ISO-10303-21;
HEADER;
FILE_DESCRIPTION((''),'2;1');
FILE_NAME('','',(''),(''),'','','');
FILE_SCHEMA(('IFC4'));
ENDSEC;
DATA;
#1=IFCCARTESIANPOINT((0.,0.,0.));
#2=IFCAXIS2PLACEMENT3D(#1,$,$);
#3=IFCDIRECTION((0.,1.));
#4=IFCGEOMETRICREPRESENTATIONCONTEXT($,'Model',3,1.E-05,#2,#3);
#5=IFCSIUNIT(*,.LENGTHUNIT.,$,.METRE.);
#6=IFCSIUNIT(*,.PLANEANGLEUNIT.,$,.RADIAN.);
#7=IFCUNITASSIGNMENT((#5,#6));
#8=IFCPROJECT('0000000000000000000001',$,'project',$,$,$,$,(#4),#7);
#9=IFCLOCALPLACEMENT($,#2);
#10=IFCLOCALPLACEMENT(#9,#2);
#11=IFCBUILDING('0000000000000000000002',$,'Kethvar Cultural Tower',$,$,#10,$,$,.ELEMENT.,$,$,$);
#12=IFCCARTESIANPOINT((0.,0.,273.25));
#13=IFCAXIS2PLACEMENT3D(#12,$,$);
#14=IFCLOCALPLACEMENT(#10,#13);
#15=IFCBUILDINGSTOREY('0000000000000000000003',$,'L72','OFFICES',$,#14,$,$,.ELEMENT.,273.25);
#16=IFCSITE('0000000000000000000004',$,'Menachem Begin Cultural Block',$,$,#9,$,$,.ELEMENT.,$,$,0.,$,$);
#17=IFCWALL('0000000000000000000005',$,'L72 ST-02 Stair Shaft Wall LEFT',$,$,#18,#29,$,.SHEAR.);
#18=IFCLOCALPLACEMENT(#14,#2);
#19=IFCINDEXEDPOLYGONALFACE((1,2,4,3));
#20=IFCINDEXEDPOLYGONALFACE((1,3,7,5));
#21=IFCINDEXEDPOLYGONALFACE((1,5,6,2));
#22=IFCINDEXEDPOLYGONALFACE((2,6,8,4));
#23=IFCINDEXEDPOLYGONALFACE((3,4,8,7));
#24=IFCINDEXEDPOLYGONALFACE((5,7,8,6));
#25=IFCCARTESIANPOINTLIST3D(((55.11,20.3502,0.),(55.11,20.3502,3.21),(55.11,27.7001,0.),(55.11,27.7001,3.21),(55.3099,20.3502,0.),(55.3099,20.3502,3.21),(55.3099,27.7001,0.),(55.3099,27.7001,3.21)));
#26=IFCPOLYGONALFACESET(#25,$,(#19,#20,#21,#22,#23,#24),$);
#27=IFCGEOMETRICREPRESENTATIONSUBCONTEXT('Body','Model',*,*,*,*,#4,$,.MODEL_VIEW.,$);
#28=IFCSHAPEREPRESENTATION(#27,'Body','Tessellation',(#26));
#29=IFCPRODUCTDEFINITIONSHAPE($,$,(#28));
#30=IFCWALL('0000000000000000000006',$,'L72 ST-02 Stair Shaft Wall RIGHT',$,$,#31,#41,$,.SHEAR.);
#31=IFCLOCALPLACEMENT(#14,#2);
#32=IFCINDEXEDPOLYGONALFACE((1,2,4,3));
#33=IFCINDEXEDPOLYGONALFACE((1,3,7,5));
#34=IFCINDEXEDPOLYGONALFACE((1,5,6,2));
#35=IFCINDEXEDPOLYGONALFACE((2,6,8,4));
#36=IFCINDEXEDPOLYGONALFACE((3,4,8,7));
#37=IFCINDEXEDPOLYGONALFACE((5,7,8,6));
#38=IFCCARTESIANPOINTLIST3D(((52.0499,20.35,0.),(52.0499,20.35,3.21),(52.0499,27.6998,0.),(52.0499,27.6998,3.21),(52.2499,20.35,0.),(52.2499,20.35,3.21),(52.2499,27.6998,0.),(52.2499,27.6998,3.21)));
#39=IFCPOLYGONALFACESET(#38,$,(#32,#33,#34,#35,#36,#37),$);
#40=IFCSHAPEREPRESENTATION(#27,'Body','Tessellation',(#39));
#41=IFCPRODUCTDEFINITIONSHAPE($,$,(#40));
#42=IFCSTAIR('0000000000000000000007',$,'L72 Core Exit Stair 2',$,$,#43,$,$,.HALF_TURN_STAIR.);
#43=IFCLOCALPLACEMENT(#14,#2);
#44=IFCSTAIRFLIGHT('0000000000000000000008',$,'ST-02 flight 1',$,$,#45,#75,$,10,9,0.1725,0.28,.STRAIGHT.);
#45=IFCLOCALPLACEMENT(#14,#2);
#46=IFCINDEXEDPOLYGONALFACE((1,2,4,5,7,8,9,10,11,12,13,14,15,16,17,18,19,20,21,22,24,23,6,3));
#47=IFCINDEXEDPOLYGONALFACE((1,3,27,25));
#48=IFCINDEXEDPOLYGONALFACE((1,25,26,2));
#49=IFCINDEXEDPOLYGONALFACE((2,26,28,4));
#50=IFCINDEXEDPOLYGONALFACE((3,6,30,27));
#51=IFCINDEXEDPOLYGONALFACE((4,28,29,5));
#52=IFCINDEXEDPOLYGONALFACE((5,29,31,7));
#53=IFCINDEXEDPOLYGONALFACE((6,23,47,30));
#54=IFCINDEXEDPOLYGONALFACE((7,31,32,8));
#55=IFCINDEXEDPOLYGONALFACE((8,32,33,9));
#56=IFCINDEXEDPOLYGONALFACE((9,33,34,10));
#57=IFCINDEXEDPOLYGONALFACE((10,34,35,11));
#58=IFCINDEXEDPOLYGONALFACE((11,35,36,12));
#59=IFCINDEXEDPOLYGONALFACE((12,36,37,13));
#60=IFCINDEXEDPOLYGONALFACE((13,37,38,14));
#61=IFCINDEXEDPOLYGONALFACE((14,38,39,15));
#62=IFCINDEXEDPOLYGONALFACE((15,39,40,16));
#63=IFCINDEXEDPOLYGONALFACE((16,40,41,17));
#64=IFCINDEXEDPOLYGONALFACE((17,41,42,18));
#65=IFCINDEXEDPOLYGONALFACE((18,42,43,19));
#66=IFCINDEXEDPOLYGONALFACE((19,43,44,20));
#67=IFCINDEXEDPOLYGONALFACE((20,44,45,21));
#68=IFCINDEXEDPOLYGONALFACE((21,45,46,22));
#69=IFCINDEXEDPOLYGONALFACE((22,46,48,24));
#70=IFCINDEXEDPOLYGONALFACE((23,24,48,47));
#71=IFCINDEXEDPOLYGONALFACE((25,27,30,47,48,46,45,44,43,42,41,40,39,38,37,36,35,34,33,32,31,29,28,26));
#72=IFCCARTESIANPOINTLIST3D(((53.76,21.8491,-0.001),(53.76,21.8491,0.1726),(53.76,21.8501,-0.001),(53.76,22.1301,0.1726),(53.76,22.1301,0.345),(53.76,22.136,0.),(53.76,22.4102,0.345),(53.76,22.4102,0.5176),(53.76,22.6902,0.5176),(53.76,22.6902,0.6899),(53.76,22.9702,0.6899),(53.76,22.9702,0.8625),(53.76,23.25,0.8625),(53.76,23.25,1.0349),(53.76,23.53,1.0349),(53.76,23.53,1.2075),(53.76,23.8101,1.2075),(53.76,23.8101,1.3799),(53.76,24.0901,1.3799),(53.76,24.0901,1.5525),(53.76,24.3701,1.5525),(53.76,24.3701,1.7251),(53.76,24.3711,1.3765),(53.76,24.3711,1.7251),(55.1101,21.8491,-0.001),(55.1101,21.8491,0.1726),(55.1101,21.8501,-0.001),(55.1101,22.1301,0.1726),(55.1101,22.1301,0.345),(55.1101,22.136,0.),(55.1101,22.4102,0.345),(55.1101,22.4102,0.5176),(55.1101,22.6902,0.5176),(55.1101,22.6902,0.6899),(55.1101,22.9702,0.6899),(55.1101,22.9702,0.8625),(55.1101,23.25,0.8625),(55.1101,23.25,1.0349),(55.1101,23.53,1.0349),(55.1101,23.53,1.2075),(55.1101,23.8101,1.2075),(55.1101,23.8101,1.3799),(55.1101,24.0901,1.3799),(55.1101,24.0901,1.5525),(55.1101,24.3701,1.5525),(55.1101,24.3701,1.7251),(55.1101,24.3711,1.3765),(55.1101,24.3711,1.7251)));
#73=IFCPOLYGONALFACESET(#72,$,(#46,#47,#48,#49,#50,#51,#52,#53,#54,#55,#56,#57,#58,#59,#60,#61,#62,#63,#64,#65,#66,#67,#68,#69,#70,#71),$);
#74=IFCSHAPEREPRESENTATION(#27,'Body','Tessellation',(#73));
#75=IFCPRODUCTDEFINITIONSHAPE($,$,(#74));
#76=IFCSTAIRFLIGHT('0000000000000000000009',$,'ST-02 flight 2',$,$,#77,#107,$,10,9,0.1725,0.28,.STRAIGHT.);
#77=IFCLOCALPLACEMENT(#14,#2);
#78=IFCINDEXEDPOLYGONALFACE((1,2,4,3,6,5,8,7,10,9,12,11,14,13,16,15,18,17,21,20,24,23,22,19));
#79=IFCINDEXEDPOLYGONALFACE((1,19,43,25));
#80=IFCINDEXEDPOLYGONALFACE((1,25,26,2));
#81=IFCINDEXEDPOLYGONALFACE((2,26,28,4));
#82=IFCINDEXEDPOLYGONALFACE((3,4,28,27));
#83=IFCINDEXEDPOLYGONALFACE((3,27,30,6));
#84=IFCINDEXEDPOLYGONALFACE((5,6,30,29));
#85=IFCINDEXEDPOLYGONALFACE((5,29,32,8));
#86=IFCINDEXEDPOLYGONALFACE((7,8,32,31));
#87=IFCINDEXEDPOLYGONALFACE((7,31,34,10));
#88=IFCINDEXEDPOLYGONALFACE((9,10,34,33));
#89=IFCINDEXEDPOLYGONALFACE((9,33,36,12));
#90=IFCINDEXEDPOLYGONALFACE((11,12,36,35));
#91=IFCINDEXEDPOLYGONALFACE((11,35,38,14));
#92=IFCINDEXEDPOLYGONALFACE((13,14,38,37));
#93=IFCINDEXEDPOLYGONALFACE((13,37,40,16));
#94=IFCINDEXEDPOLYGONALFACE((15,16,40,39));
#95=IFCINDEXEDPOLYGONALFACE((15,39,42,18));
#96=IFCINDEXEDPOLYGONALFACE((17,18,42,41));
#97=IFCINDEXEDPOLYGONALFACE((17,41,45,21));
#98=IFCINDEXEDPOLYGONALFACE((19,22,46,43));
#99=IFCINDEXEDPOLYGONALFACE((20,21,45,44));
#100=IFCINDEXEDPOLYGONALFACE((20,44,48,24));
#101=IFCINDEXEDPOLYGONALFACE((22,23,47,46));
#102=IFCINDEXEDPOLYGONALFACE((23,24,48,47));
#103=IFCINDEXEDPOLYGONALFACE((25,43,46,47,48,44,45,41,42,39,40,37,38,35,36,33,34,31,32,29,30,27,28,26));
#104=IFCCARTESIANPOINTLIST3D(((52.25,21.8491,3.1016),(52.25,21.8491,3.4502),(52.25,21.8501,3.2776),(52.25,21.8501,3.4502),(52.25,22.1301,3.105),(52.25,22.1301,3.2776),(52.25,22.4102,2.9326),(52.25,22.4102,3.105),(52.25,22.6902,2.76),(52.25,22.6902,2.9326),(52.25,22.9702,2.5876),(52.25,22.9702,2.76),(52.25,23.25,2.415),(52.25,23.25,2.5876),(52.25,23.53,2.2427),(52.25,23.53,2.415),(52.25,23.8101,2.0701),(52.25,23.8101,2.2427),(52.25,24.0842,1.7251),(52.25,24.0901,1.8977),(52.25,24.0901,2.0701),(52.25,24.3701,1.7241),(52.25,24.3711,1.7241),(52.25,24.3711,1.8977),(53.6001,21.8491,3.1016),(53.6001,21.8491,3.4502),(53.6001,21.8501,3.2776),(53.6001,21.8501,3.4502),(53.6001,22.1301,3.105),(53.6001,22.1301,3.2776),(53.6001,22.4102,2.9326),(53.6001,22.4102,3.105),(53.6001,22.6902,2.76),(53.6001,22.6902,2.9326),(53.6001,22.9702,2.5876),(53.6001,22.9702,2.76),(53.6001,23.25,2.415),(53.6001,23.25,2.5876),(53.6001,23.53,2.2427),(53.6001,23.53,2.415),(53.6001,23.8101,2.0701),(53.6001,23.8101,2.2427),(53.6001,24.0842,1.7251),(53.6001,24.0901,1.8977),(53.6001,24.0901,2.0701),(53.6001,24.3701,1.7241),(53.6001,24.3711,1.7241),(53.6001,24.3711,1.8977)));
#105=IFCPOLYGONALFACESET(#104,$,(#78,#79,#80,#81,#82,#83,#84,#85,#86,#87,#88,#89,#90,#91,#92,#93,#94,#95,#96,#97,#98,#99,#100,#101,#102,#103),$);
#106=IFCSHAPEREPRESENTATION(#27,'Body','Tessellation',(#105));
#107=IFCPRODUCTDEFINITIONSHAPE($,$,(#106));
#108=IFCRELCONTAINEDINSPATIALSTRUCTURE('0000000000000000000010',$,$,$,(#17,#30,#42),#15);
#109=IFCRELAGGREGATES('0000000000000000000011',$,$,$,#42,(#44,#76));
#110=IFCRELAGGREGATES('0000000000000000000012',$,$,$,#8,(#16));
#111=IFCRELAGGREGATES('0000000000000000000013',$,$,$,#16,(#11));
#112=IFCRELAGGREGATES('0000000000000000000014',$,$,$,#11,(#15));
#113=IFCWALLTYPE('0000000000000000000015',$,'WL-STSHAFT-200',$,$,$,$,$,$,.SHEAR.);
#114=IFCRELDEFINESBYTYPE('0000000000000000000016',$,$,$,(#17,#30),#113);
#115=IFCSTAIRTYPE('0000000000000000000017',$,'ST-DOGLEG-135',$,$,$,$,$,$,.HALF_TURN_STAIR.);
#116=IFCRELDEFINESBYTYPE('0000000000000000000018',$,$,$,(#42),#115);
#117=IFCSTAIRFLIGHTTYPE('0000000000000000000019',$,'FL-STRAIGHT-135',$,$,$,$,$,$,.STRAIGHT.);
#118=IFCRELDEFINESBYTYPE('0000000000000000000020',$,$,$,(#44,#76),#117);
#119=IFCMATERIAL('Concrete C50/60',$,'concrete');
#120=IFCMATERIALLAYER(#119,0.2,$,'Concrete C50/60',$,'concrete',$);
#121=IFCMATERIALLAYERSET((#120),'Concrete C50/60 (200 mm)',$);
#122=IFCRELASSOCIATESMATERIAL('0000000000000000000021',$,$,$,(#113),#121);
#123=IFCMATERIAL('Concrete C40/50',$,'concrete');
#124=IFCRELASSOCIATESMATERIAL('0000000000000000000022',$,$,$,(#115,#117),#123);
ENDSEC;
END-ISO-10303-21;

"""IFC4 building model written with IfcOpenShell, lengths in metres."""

from ifc_helpers import new_model, si_unit, direction, frame, frame_2d, origin, place, context, subcontext, project, spatial, polyline, rectangle, outline, extrude, material, layer, layer_set, type_object, element, aggregate, save


model = new_model("IFC4")

# Units and contexts
model_context = context("Model", 3, precision=1e-05, world=origin(), true_north=direction((0.0, 1.0)))
body_context = subcontext(model_context, "Body", "Model", "MODEL_VIEW")
ifc_project = project(units=[si_unit("LENGTHUNIT", "METRE"), si_unit("PLANEANGLEUNIT", "RADIAN")], contexts=[model_context])

# Site, building, storey
site_placement = place(None, origin())
site = spatial("IfcSite", under=ifc_project, at=site_placement, Name="Menachem Begin Cultural Block", CompositionType="ELEMENT", RefElevation=0.0)
building_placement = place(site_placement, origin())
building = spatial("IfcBuilding", under=site, at=building_placement, Name="Kethvar Cultural Tower", CompositionType="ELEMENT")
storey_placement = place(building_placement, frame((0.0, 0.0, 273.25)))
storey = spatial("IfcBuildingStorey", under=building, at=storey_placement, Name="L72", Description="OFFICES", CompositionType="ELEMENT", Elevation=273.25)

# Shared definitions
ifc_material_1 = material(Name="Concrete C50/60", Category="concrete")

# Walls
ifc_layer_1 = layer(ifc_material_1, 0.2, Name="Concrete C50/60", Category="concrete")
ifc_layer_set_1 = layer_set([ifc_layer_1], Name="Concrete C50/60 (200 mm)")
wall_type_1 = type_object("IfcWallType", Name="WL-STSHAFT-200", PredefinedType="SHEAR", material=ifc_layer_set_1)
for number, where, z_axis, x_axis, name in (
    (1, (55.21, 27.7, 0.0), (0.0, 0.0, 1.0), (0.0, -1.0, 0.0), "L72 ST-02 Stair Shaft Wall LEFT"),
    (2, (52.1499, 20.3501, 0.0), (0.0, 0.0, 1.0), (0.0, 1.0, 0.0), "L72 ST-02 Stair Shaft Wall RIGHT"),
):
    element("IfcWall", number, at=place(storey_placement, frame(where, z_axis=z_axis, x_axis=x_axis)), inside=storey, type_object=wall_type_1, Name=name, PredefinedType="SHEAR", context=body_context, shape_type="SweptSolid", body=[
        extrude(rectangle(XDim=7.3499, YDim=0.2, at=frame_2d((3.6748, 0.0))), origin(), (0.0, 0.0, 1.0), 3.21),
    ])

# Stair, stair flights
ifc_material_2 = material(Name="Concrete C40/50", Category="concrete")
stair_type = type_object("IfcStairType", Name="ST-DOGLEG-135", PredefinedType="HALF_TURN_STAIR", material=ifc_material_2)
stair_placement = place(storey_placement, origin())
stair = element("IfcStair", 3, at=stair_placement, inside=storey, type_object=stair_type, Name="L72 Core Exit Stair 2", PredefinedType="HALF_TURN_STAIR")
stair_flight_type = type_object("IfcStairFlightType", Name="FL-STRAIGHT-135", PredefinedType="STRAIGHT", material=ifc_material_2)
stair_flight_1_placement = place(storey_placement, frame((54.4351, 21.8501, 0.0), z_axis=(0.0, 0.0, 1.0), x_axis=(0.0, 1.0, 0.0)))
stair_flight_1 = element("IfcStairFlight", 4, at=stair_flight_1_placement, type_object=stair_flight_type, Name="ST-02 flight 1", NumberOfRisers=10, NumberOfTreads=9, PredefinedType="STRAIGHT", RiserHeight=0.1725, TreadLength=0.28, context=body_context, shape_type="SweptSolid", body=[
    extrude(outline(polyline([(-0.001, -0.001), (-0.001, 0.1726), (0.28, 0.1726), (0.28, 0.345), (0.5601, 0.345), (0.5601, 0.5176), (0.8401, 0.5176), (0.8401, 0.6899), (1.1201, 0.6899), (1.1201, 0.8625), (1.3999, 0.8625), (1.3999, 1.0349), (1.6799, 1.0349), (1.6799, 1.2075), (1.96, 1.2075), (1.96, 1.3799), (2.24, 1.3799), (2.24, 1.5525), (2.52, 1.5525), (2.52, 1.7251), (2.521, 1.7251), (2.521, 1.3765), (0.2859, 0.0), (0.0, -0.001), (-0.001, -0.001)])), frame((0.0, 0.675, 0.0), z_axis=(0.0, -1.0, 0.0), x_axis=(1.0, 0.0, 0.0)), (0.0, 0.0, 1.0), 1.3501),
])
stair_flight_2_placement = place(storey_placement, frame((52.925, 24.3701, 1.7251), z_axis=(0.0, 0.0, 1.0), x_axis=(0.0, -1.0, 0.0)))
stair_flight_2 = element("IfcStairFlight", 5, at=stair_flight_2_placement, type_object=stair_flight_type, Name="ST-02 flight 2", NumberOfRisers=10, NumberOfTreads=9, PredefinedType="STRAIGHT", RiserHeight=0.1725, TreadLength=0.28, context=body_context, shape_type="SweptSolid", body=[
    extrude(outline(polyline([(-0.001, -0.001), (-0.001, 0.1726), (0.28, 0.1726), (0.28, 0.345), (0.5601, 0.345), (0.5601, 0.5176), (0.8401, 0.5176), (0.8401, 0.6899), (1.1201, 0.6899), (1.1201, 0.8625), (1.3999, 0.8625), (1.3999, 1.0349), (1.6799, 1.0349), (1.6799, 1.2075), (1.96, 1.2075), (1.96, 1.3799), (2.24, 1.3799), (2.24, 1.5525), (2.52, 1.5525), (2.52, 1.7251), (2.521, 1.7251), (2.521, 1.3765), (0.2859, 0.0), (0.0, -0.001), (-0.001, -0.001)])), frame((0.0, 0.675, 0.0), z_axis=(0.0, -1.0, 0.0), x_axis=(1.0, 0.0, 0.0)), (0.0, 0.0, 1.0), 1.3501),
])
aggregate(stair, [stair_flight_1, stair_flight_2])

save(model, "model.ifc")
